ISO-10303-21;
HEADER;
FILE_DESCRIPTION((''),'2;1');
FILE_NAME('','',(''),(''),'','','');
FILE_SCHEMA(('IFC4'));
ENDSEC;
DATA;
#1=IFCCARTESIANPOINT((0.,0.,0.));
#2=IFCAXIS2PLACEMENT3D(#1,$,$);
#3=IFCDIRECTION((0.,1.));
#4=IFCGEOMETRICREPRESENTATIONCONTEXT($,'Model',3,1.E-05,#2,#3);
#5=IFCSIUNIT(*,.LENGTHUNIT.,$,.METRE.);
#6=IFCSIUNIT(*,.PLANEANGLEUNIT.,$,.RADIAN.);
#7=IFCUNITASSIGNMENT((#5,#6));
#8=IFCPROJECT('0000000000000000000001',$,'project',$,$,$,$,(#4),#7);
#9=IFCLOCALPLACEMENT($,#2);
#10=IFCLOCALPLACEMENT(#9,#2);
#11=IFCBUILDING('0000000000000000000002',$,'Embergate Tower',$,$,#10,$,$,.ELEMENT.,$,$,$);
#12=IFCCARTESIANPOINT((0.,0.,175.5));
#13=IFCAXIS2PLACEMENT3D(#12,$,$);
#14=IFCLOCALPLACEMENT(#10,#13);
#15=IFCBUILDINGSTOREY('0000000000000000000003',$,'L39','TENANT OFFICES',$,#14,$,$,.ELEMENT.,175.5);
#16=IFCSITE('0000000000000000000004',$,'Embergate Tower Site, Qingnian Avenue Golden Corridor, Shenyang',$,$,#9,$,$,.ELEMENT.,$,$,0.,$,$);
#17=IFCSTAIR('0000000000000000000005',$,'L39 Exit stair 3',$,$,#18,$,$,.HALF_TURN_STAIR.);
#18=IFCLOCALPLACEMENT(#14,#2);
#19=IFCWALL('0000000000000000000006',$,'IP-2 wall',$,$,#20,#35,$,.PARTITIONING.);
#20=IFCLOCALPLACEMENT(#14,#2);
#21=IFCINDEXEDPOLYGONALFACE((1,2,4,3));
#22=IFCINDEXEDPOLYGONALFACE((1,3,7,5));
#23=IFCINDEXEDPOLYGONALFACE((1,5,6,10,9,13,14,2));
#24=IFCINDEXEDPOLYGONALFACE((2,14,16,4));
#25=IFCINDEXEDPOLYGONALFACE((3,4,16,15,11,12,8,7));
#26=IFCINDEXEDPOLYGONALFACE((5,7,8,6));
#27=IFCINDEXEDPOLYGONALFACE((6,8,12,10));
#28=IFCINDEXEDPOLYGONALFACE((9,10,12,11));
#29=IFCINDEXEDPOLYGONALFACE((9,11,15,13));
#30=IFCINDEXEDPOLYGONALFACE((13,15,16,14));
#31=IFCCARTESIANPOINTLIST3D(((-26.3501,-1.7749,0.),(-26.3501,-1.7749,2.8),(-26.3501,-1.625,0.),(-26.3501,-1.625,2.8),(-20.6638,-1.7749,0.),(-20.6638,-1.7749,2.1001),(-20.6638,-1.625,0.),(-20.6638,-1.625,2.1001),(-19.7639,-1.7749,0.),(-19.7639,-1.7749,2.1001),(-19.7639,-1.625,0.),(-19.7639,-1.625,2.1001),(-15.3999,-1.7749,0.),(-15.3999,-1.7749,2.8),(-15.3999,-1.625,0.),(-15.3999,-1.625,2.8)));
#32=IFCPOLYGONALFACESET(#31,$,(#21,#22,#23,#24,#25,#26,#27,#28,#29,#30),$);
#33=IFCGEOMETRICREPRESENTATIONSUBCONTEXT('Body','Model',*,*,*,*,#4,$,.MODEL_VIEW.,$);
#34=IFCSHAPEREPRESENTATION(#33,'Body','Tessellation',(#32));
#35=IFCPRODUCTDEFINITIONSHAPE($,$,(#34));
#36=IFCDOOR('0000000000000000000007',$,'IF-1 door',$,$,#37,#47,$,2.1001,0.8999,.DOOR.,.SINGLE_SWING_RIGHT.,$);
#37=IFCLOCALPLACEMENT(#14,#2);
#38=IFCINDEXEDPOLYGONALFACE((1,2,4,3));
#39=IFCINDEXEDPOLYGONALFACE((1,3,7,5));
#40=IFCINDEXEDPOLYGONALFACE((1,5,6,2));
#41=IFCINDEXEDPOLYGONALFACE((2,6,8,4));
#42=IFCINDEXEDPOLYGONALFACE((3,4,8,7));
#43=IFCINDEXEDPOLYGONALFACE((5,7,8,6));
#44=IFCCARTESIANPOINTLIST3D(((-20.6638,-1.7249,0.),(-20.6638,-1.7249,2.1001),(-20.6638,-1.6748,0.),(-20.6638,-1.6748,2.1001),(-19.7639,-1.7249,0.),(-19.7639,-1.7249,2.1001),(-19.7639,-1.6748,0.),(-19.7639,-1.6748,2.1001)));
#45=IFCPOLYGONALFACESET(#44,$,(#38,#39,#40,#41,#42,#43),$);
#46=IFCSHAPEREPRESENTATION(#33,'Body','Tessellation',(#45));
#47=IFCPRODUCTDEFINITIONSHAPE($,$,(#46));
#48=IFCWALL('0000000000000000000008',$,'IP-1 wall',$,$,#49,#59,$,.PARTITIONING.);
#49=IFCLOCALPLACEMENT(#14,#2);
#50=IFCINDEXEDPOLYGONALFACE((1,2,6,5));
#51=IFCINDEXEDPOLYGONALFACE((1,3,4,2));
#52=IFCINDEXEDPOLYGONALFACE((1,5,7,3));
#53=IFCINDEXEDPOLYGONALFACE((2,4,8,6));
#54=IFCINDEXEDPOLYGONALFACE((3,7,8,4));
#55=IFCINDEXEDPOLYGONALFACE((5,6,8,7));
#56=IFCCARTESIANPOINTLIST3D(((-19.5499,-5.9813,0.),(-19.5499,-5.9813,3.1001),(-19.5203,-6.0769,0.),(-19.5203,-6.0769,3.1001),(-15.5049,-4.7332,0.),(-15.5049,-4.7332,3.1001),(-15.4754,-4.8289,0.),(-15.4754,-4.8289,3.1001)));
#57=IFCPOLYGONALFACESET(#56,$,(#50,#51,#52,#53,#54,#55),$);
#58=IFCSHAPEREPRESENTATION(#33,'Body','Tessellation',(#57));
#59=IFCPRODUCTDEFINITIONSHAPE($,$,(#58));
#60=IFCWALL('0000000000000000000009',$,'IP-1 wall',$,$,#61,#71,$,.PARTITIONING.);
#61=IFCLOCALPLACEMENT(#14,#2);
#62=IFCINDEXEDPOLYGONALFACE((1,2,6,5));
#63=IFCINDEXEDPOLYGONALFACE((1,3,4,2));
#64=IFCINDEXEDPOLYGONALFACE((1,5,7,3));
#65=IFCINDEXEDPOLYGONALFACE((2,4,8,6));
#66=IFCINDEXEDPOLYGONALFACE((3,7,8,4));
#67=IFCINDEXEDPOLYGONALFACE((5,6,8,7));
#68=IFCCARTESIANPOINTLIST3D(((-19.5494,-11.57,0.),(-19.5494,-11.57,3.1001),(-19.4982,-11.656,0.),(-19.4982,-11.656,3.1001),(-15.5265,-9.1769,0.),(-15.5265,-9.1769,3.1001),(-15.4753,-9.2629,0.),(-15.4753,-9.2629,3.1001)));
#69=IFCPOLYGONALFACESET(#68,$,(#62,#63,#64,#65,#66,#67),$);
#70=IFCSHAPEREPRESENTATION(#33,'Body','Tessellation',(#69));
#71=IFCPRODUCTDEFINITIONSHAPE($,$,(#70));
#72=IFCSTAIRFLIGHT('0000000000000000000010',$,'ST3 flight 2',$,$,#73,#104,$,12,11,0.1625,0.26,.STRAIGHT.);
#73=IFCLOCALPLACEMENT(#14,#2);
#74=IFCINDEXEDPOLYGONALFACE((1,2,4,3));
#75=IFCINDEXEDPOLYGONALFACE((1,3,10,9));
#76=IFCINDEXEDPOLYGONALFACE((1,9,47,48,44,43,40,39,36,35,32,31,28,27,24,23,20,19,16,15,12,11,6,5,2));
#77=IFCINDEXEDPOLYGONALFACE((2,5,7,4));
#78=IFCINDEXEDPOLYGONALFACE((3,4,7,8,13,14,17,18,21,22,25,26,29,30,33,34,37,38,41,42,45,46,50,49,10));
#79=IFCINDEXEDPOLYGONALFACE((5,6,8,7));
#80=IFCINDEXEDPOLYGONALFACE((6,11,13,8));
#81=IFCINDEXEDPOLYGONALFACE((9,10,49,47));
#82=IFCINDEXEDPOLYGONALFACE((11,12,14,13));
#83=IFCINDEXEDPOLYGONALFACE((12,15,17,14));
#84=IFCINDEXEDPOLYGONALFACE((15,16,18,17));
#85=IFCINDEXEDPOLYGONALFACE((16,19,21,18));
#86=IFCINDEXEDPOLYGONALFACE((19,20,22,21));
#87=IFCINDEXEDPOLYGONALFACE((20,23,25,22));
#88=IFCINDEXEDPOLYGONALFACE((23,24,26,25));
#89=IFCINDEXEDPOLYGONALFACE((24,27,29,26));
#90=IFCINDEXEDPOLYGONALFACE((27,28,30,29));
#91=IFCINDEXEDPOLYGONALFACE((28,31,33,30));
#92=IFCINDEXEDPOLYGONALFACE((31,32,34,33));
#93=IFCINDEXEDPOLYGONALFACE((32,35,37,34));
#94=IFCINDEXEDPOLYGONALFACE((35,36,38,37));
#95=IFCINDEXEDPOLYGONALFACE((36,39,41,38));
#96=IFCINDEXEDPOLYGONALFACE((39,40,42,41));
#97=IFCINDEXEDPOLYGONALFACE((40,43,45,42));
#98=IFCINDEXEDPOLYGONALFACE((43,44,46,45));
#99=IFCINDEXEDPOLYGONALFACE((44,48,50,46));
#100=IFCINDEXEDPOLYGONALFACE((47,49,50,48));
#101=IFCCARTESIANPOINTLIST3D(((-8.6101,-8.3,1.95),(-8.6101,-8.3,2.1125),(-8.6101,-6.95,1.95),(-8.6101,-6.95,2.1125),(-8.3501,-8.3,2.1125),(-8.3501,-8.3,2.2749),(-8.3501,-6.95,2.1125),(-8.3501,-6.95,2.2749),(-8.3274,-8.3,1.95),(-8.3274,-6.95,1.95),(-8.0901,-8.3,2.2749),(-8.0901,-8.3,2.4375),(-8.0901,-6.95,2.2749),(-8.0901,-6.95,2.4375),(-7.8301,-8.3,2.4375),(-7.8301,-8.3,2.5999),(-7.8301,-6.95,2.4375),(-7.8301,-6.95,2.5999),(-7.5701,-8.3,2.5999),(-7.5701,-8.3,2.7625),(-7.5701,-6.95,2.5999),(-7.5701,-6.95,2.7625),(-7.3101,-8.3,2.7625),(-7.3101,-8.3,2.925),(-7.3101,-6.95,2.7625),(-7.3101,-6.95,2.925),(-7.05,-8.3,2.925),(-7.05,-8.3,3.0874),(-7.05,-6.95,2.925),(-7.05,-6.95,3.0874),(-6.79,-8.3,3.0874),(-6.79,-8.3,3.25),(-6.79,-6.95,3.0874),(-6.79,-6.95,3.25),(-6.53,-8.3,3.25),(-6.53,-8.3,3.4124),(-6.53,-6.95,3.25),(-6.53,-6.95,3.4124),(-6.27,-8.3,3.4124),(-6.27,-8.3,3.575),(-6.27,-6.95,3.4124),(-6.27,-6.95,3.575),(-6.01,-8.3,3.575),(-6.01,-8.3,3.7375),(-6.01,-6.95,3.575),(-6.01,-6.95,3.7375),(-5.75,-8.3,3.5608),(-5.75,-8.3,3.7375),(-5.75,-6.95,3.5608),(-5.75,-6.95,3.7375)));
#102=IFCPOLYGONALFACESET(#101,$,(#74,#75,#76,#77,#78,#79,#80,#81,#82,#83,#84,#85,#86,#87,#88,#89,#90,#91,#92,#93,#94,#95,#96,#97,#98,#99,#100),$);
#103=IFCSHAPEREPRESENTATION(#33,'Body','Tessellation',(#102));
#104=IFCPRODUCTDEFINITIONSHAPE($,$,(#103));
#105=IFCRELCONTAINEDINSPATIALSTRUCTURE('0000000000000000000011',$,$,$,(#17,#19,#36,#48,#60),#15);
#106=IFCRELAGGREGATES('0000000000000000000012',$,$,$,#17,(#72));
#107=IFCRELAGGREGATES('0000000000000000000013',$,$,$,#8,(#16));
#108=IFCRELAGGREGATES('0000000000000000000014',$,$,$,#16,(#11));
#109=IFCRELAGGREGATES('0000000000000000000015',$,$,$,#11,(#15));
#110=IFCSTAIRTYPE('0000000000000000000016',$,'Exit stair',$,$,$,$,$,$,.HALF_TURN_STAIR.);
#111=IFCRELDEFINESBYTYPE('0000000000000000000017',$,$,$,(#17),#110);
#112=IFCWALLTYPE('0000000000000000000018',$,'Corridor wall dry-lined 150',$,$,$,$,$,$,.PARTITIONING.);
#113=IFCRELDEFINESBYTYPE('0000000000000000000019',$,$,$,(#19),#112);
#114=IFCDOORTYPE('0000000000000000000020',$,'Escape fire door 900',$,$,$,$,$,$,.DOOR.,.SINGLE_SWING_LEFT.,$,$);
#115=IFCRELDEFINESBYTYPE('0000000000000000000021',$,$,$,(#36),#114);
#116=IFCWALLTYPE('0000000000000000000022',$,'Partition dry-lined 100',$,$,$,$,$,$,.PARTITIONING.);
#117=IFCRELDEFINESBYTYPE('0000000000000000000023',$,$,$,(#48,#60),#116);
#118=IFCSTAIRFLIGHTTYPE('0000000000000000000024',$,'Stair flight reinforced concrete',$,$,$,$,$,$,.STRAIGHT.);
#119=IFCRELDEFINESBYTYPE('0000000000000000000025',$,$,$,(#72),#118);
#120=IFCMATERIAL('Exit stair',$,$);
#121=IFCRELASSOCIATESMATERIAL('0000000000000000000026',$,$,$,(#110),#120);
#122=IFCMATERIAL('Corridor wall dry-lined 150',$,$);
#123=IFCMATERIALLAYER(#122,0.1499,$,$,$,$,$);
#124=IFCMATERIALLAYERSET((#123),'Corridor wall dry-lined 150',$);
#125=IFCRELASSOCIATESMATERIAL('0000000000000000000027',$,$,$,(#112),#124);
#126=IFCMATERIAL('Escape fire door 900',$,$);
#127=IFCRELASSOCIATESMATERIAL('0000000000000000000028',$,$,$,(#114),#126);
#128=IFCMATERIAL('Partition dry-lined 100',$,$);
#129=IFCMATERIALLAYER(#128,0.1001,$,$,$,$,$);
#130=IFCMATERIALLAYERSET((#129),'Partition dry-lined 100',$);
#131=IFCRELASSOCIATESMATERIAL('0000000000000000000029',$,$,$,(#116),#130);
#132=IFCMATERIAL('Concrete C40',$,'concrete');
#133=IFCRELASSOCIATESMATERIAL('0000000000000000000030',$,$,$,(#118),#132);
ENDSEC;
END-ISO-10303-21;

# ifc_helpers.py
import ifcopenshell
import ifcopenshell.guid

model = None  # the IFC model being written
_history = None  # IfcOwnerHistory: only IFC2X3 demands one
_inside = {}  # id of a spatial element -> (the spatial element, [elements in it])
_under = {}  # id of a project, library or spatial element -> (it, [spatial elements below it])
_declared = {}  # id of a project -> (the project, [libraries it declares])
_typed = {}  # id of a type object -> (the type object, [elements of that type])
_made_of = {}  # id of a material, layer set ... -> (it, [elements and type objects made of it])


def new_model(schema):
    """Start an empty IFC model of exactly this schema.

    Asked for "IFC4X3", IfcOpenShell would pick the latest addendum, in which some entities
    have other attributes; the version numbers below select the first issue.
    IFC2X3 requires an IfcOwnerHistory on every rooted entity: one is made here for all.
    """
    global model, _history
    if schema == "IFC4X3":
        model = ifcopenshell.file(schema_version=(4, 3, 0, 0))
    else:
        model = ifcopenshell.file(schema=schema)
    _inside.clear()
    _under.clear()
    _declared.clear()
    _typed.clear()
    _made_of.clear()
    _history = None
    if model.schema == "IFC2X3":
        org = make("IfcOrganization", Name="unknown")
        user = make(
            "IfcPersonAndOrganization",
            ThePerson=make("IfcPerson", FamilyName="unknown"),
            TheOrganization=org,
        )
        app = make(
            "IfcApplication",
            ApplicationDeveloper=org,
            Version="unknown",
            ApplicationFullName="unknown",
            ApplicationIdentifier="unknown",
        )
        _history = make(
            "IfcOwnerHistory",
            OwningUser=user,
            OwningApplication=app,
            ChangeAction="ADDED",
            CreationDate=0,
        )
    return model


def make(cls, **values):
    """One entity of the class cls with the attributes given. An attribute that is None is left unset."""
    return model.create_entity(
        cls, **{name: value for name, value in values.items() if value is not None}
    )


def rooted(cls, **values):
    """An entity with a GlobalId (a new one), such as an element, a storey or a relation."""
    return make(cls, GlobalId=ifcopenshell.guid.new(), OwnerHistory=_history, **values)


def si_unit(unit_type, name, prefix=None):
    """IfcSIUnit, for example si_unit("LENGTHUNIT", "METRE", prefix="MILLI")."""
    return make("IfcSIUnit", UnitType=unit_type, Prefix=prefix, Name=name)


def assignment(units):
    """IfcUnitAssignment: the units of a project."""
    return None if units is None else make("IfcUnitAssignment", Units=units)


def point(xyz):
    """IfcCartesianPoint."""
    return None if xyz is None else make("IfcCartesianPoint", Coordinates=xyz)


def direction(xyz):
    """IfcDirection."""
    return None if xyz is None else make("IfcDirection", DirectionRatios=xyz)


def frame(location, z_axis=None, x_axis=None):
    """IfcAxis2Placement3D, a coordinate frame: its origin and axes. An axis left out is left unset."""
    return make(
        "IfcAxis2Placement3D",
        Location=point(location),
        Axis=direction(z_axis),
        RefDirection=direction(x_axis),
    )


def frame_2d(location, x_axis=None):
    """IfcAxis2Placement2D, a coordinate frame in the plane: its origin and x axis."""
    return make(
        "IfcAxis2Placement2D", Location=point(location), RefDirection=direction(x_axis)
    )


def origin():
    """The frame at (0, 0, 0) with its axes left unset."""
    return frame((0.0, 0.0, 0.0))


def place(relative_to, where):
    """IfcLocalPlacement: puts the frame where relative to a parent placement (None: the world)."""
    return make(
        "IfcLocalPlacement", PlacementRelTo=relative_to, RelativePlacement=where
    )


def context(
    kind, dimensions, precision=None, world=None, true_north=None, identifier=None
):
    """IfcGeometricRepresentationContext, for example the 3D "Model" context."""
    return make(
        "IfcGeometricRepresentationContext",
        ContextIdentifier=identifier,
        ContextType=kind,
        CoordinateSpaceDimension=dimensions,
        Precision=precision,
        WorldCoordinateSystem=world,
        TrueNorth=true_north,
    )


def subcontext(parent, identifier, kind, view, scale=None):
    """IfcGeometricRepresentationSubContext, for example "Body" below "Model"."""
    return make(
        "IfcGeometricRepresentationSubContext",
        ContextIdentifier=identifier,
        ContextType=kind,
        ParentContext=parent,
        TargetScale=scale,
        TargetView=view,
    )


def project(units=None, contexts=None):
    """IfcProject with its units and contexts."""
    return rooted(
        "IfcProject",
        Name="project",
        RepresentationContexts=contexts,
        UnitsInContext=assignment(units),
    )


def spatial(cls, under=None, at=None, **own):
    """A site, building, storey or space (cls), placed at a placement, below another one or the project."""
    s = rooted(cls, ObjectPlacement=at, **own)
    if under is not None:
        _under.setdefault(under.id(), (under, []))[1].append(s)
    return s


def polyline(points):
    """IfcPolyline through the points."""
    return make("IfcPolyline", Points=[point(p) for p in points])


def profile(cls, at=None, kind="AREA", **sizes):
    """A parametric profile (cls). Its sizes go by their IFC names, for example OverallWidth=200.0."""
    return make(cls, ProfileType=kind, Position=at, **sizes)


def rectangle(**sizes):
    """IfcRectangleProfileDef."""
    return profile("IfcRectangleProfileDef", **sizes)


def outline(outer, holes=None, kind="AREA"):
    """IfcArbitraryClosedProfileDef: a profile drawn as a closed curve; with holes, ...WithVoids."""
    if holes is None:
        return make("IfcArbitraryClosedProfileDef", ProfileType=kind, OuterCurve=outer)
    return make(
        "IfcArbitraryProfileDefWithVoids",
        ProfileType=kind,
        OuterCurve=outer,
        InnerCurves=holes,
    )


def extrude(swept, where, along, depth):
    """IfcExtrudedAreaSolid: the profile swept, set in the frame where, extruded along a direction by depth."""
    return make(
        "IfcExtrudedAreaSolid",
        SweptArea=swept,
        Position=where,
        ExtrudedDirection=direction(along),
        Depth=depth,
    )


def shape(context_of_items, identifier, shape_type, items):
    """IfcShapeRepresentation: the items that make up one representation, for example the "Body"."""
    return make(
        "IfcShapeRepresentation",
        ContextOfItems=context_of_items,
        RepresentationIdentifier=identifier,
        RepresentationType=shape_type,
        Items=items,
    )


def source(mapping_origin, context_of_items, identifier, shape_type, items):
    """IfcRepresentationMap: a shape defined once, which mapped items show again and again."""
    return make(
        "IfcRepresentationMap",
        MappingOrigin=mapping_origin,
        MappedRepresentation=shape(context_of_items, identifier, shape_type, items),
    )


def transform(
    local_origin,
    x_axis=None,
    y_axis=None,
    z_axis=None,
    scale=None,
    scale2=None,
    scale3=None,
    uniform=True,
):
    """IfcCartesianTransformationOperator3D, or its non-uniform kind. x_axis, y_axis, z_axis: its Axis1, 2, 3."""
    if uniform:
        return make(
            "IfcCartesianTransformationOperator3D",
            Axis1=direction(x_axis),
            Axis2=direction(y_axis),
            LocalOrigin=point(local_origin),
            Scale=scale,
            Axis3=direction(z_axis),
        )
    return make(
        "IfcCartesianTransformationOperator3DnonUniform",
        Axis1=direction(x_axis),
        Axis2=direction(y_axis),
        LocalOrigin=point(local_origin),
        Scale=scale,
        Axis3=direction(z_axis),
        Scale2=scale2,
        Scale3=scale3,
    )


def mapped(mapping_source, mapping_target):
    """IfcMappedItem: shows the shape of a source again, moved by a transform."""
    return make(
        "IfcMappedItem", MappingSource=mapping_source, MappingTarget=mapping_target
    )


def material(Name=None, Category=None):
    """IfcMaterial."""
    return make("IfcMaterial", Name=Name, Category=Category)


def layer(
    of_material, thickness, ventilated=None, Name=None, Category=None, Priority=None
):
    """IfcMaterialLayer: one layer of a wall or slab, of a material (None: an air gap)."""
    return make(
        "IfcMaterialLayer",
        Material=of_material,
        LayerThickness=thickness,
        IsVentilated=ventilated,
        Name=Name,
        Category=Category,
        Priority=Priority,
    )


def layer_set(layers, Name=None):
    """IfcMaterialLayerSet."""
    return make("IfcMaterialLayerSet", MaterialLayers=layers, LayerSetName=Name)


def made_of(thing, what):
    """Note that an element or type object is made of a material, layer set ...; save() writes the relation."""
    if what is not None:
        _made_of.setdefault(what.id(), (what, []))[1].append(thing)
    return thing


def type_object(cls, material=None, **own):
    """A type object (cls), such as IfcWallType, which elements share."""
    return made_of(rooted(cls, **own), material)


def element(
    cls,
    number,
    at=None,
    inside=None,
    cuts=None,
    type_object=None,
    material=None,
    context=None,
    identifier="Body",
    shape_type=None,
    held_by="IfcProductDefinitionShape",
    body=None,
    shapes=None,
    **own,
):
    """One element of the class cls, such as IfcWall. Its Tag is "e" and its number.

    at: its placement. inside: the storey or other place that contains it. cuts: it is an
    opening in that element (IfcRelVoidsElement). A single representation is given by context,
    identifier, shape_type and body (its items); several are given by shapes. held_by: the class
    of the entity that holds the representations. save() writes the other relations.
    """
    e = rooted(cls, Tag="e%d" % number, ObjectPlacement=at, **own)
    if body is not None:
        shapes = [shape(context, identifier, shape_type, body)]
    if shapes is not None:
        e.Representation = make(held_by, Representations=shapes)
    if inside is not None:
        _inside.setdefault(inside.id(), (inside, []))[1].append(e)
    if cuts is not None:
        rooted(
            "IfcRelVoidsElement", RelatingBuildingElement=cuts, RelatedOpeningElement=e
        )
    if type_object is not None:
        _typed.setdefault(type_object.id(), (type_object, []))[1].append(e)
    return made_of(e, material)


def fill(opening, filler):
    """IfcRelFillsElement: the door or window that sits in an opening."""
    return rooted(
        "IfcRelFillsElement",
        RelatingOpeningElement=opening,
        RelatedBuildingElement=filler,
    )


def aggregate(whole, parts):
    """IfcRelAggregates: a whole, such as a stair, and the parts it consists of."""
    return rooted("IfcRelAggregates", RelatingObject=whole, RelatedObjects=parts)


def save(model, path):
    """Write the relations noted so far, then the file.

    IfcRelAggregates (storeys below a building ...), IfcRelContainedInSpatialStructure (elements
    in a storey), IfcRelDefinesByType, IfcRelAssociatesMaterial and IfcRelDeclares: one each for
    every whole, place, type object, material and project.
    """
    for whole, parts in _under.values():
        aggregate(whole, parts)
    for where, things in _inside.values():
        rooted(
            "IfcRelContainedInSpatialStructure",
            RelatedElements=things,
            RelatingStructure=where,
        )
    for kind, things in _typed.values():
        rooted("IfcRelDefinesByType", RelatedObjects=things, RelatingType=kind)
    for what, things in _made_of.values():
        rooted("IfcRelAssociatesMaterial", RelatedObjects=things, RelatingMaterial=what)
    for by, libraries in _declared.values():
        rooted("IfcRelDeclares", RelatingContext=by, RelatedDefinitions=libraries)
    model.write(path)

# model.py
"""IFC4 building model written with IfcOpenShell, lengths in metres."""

from ifc_helpers import new_model, si_unit, direction, frame, frame_2d, origin, place, context, subcontext, project, spatial, polyline, rectangle, outline, extrude, source, transform, mapped, material, layer, layer_set, type_object, element, fill, aggregate, save


model = new_model("IFC4")

# Units and contexts
model_context = context("Model", 3, precision=1e-05, world=origin(), true_north=direction((0.0, 1.0)))
body_context = subcontext(model_context, "Body", "Model", "MODEL_VIEW")
ifc_project = project(units=[si_unit("LENGTHUNIT", "METRE"), si_unit("PLANEANGLEUNIT", "RADIAN")], contexts=[model_context])

# Site, building, storey
site_placement = place(None, origin())
site = spatial("IfcSite", under=ifc_project, at=site_placement, Name="Embergate Tower Site, Qingnian Avenue Golden Corridor, Shenyang", CompositionType="ELEMENT", RefElevation=0.0)
building_placement = place(site_placement, origin())
building = spatial("IfcBuilding", under=site, at=building_placement, Name="Embergate Tower", CompositionType="ELEMENT")
storey_placement = place(building_placement, frame((0.0, 0.0, 175.5)))
storey = spatial("IfcBuildingStorey", under=building, at=storey_placement, Name="L39", Description="TENANT OFFICES", CompositionType="ELEMENT", Elevation=175.5)

# Stair
ifc_material_1 = material(Name="Exit stair")
stair_type = type_object("IfcStairType", Name="Exit stair", PredefinedType="HALF_TURN_STAIR", material=ifc_material_1)
stair_placement = place(storey_placement, origin())
stair = element("IfcStair", 1, at=stair_placement, inside=storey, type_object=stair_type, Name="L39 Exit stair 3", PredefinedType="HALF_TURN_STAIR")
ifc_material_2 = material(Name="Concrete C40", Category="concrete")

# Wall, opening, door
ifc_material_3 = material(Name="Corridor wall dry-lined 150")
ifc_layer_1 = layer(ifc_material_3, 0.1499)
ifc_layer_set_1 = layer_set([ifc_layer_1], Name="Corridor wall dry-lined 150")
wall_type_1 = type_object("IfcWallType", Name="Corridor wall dry-lined 150", PredefinedType="PARTITIONING", material=ifc_layer_set_1)
shared_shape_1 = source(origin(), body_context, "Body", "SweptSolid", [
    extrude(rectangle(XDim=10.9502, YDim=0.1499, at=frame_2d((5.4751, 0.0))), origin(), (0.0, 0.0, 1.0), 2.8),
])
wall_1_placement = place(storey_placement, frame((-15.3999, -1.7, 0.0), z_axis=(0.0, 0.0, 1.0), x_axis=(-1.0, 0.0, 0.0)))
wall_1 = element("IfcWall", 2, at=wall_1_placement, inside=storey, type_object=wall_type_1, Name="IP-2 wall", PredefinedType="PARTITIONING", context=body_context, shape_type="MappedRepresentation", body=[
    mapped(shared_shape_1, transform((0.0, 0.0, 0.0))),
])
shared_shape_2 = source(origin(), body_context, "Body", "SweptSolid", [
    extrude(rectangle(XDim=0.8999, YDim=2.1001, at=frame_2d((0.45, 1.05))), frame((0.0, 0.085, 0.0), z_axis=(0.0, -1.0, 0.0), x_axis=(1.0, 0.0, 0.0)), (0.0, 0.0, 1.0), 0.1699),
])
opening_1_placement = place(wall_1_placement, frame((4.364, 0.0, 0.0)))
opening_1 = element("IfcOpeningElement", 3, at=opening_1_placement, cuts=wall_1, PredefinedType="OPENING", context=body_context, shape_type="MappedRepresentation", body=[
    mapped(shared_shape_2, transform((0.0, 0.0, 0.0))),
])
ifc_material_4 = material(Name="Escape fire door 900")
door_type_1 = type_object("IfcDoorType", Name="Escape fire door 900", OperationType="SINGLE_SWING_LEFT", PredefinedType="DOOR", material=ifc_material_4)
shared_shape_3 = source(origin(), body_context, "Body", "SweptSolid", [
    extrude(rectangle(XDim=0.8999, YDim=2.1001, at=frame_2d((0.45, 1.05))), frame((0.0, 0.0249, 0.0), z_axis=(0.0, -1.0, 0.0), x_axis=(1.0, 0.0, 0.0)), (0.0, 0.0, 1.0), 0.05),
])
door_1_placement = place(opening_1_placement, origin())
door_1 = element("IfcDoor", 4, at=door_1_placement, inside=storey, type_object=door_type_1, Name="IF-1 door", OperationType="SINGLE_SWING_RIGHT", OverallHeight=2.1001, OverallWidth=0.8999, PredefinedType="DOOR", context=body_context, shape_type="MappedRepresentation", body=[
    mapped(shared_shape_3, transform((0.0, 0.0, 0.0))),
])
fill(opening_1, door_1)

# Walls
ifc_material_5 = material(Name="Partition dry-lined 100")
ifc_layer_2 = layer(ifc_material_5, 0.1001)
ifc_layer_set_2 = layer_set([ifc_layer_2], Name="Partition dry-lined 100")
wall_type_2 = type_object("IfcWallType", Name="Partition dry-lined 100", PredefinedType="PARTITIONING", material=ifc_layer_set_2)
shared_shape_4 = source(origin(), body_context, "Body", "SweptSolid", [
    extrude(rectangle(XDim=4.2332, YDim=0.1001, at=frame_2d((2.1167, 0.0))), origin(), (0.0, 0.0, 1.0), 3.1001),
])
wall_2_placement = place(storey_placement, frame((-15.49, -4.781, 0.0), z_axis=(0.0, 0.0, 1.0), x_axis=(-0.955549, -0.294831, 0.0)))
element("IfcWall", 5, at=wall_2_placement, inside=storey, type_object=wall_type_2, Name="IP-1 wall", PredefinedType="PARTITIONING", context=body_context, shape_type="MappedRepresentation", body=[
    mapped(shared_shape_4, transform((0.0, 0.0, 0.0))),
])
shared_shape_5 = source(origin(), body_context, "Body", "SweptSolid", [
    extrude(rectangle(XDim=4.6809, YDim=0.1001, at=frame_2d((2.3403, 0.0))), origin(), (0.0, 0.0, 1.0), 3.1001),
])
wall_3_placement = place(storey_placement, frame((-15.501, -9.22, 0.0), z_axis=(0.0, 0.0, 1.0), x_axis=(-0.859438, -0.51124, 0.0)))
element("IfcWall", 6, at=wall_3_placement, inside=storey, type_object=wall_type_2, Name="IP-1 wall", PredefinedType="PARTITIONING", context=body_context, shape_type="MappedRepresentation", body=[
    mapped(shared_shape_5, transform((0.0, 0.0, 0.0))),
])

# Stair flight
stair_flight_type = type_object("IfcStairFlightType", Name="Stair flight reinforced concrete", PredefinedType="STRAIGHT", material=ifc_material_2)
shared_shape_6 = source(origin(), body_context, "Body", "SweptSolid", [
    extrude(outline(polyline([(0.0, 0.0), (0.0, 0.1626), (0.26, 0.1626), (0.26, 0.325), (0.52, 0.325), (0.52, 0.4875), (0.78, 0.4875), (0.78, 0.6499), (1.04, 0.6499), (1.04, 0.8125), (1.3, 0.8125), (1.3, 0.9751), (1.5601, 0.9751), (1.5601, 1.1375), (1.8201, 1.1375), (1.8201, 1.3), (2.0801, 1.3), (2.0801, 1.4624), (2.3401, 1.4624), (2.3401, 1.625), (2.6001, 1.625), (2.6001, 1.7876), (2.8601, 1.7876), (2.8601, 1.95), (2.8601, 1.6108), (0.2827, 0.0), (0.0, 0.0)])), frame((0.0, 0.675, 0.0), z_axis=(0.0, -1.0, 0.0), x_axis=(1.0, 0.0, 0.0)), (0.0, 0.0, 1.0), 1.3501),
])
stair_flight_placement = place(storey_placement, frame((-8.6101, -7.625, 1.95), z_axis=(0.0, 0.0, 1.0), x_axis=(1.0, 0.0, 0.0)))
stair_flight = element("IfcStairFlight", 7, at=stair_flight_placement, type_object=stair_flight_type, Name="ST3 flight 2", NumberOfRisers=12, NumberOfTreads=11, PredefinedType="STRAIGHT", RiserHeight=0.1625, TreadLength=0.26, context=body_context, shape_type="MappedRepresentation", body=[
    mapped(shared_shape_6, transform((0.0, 0.0, 0.0))),
])
aggregate(stair, [stair_flight])

save(model, "model.ifc")
